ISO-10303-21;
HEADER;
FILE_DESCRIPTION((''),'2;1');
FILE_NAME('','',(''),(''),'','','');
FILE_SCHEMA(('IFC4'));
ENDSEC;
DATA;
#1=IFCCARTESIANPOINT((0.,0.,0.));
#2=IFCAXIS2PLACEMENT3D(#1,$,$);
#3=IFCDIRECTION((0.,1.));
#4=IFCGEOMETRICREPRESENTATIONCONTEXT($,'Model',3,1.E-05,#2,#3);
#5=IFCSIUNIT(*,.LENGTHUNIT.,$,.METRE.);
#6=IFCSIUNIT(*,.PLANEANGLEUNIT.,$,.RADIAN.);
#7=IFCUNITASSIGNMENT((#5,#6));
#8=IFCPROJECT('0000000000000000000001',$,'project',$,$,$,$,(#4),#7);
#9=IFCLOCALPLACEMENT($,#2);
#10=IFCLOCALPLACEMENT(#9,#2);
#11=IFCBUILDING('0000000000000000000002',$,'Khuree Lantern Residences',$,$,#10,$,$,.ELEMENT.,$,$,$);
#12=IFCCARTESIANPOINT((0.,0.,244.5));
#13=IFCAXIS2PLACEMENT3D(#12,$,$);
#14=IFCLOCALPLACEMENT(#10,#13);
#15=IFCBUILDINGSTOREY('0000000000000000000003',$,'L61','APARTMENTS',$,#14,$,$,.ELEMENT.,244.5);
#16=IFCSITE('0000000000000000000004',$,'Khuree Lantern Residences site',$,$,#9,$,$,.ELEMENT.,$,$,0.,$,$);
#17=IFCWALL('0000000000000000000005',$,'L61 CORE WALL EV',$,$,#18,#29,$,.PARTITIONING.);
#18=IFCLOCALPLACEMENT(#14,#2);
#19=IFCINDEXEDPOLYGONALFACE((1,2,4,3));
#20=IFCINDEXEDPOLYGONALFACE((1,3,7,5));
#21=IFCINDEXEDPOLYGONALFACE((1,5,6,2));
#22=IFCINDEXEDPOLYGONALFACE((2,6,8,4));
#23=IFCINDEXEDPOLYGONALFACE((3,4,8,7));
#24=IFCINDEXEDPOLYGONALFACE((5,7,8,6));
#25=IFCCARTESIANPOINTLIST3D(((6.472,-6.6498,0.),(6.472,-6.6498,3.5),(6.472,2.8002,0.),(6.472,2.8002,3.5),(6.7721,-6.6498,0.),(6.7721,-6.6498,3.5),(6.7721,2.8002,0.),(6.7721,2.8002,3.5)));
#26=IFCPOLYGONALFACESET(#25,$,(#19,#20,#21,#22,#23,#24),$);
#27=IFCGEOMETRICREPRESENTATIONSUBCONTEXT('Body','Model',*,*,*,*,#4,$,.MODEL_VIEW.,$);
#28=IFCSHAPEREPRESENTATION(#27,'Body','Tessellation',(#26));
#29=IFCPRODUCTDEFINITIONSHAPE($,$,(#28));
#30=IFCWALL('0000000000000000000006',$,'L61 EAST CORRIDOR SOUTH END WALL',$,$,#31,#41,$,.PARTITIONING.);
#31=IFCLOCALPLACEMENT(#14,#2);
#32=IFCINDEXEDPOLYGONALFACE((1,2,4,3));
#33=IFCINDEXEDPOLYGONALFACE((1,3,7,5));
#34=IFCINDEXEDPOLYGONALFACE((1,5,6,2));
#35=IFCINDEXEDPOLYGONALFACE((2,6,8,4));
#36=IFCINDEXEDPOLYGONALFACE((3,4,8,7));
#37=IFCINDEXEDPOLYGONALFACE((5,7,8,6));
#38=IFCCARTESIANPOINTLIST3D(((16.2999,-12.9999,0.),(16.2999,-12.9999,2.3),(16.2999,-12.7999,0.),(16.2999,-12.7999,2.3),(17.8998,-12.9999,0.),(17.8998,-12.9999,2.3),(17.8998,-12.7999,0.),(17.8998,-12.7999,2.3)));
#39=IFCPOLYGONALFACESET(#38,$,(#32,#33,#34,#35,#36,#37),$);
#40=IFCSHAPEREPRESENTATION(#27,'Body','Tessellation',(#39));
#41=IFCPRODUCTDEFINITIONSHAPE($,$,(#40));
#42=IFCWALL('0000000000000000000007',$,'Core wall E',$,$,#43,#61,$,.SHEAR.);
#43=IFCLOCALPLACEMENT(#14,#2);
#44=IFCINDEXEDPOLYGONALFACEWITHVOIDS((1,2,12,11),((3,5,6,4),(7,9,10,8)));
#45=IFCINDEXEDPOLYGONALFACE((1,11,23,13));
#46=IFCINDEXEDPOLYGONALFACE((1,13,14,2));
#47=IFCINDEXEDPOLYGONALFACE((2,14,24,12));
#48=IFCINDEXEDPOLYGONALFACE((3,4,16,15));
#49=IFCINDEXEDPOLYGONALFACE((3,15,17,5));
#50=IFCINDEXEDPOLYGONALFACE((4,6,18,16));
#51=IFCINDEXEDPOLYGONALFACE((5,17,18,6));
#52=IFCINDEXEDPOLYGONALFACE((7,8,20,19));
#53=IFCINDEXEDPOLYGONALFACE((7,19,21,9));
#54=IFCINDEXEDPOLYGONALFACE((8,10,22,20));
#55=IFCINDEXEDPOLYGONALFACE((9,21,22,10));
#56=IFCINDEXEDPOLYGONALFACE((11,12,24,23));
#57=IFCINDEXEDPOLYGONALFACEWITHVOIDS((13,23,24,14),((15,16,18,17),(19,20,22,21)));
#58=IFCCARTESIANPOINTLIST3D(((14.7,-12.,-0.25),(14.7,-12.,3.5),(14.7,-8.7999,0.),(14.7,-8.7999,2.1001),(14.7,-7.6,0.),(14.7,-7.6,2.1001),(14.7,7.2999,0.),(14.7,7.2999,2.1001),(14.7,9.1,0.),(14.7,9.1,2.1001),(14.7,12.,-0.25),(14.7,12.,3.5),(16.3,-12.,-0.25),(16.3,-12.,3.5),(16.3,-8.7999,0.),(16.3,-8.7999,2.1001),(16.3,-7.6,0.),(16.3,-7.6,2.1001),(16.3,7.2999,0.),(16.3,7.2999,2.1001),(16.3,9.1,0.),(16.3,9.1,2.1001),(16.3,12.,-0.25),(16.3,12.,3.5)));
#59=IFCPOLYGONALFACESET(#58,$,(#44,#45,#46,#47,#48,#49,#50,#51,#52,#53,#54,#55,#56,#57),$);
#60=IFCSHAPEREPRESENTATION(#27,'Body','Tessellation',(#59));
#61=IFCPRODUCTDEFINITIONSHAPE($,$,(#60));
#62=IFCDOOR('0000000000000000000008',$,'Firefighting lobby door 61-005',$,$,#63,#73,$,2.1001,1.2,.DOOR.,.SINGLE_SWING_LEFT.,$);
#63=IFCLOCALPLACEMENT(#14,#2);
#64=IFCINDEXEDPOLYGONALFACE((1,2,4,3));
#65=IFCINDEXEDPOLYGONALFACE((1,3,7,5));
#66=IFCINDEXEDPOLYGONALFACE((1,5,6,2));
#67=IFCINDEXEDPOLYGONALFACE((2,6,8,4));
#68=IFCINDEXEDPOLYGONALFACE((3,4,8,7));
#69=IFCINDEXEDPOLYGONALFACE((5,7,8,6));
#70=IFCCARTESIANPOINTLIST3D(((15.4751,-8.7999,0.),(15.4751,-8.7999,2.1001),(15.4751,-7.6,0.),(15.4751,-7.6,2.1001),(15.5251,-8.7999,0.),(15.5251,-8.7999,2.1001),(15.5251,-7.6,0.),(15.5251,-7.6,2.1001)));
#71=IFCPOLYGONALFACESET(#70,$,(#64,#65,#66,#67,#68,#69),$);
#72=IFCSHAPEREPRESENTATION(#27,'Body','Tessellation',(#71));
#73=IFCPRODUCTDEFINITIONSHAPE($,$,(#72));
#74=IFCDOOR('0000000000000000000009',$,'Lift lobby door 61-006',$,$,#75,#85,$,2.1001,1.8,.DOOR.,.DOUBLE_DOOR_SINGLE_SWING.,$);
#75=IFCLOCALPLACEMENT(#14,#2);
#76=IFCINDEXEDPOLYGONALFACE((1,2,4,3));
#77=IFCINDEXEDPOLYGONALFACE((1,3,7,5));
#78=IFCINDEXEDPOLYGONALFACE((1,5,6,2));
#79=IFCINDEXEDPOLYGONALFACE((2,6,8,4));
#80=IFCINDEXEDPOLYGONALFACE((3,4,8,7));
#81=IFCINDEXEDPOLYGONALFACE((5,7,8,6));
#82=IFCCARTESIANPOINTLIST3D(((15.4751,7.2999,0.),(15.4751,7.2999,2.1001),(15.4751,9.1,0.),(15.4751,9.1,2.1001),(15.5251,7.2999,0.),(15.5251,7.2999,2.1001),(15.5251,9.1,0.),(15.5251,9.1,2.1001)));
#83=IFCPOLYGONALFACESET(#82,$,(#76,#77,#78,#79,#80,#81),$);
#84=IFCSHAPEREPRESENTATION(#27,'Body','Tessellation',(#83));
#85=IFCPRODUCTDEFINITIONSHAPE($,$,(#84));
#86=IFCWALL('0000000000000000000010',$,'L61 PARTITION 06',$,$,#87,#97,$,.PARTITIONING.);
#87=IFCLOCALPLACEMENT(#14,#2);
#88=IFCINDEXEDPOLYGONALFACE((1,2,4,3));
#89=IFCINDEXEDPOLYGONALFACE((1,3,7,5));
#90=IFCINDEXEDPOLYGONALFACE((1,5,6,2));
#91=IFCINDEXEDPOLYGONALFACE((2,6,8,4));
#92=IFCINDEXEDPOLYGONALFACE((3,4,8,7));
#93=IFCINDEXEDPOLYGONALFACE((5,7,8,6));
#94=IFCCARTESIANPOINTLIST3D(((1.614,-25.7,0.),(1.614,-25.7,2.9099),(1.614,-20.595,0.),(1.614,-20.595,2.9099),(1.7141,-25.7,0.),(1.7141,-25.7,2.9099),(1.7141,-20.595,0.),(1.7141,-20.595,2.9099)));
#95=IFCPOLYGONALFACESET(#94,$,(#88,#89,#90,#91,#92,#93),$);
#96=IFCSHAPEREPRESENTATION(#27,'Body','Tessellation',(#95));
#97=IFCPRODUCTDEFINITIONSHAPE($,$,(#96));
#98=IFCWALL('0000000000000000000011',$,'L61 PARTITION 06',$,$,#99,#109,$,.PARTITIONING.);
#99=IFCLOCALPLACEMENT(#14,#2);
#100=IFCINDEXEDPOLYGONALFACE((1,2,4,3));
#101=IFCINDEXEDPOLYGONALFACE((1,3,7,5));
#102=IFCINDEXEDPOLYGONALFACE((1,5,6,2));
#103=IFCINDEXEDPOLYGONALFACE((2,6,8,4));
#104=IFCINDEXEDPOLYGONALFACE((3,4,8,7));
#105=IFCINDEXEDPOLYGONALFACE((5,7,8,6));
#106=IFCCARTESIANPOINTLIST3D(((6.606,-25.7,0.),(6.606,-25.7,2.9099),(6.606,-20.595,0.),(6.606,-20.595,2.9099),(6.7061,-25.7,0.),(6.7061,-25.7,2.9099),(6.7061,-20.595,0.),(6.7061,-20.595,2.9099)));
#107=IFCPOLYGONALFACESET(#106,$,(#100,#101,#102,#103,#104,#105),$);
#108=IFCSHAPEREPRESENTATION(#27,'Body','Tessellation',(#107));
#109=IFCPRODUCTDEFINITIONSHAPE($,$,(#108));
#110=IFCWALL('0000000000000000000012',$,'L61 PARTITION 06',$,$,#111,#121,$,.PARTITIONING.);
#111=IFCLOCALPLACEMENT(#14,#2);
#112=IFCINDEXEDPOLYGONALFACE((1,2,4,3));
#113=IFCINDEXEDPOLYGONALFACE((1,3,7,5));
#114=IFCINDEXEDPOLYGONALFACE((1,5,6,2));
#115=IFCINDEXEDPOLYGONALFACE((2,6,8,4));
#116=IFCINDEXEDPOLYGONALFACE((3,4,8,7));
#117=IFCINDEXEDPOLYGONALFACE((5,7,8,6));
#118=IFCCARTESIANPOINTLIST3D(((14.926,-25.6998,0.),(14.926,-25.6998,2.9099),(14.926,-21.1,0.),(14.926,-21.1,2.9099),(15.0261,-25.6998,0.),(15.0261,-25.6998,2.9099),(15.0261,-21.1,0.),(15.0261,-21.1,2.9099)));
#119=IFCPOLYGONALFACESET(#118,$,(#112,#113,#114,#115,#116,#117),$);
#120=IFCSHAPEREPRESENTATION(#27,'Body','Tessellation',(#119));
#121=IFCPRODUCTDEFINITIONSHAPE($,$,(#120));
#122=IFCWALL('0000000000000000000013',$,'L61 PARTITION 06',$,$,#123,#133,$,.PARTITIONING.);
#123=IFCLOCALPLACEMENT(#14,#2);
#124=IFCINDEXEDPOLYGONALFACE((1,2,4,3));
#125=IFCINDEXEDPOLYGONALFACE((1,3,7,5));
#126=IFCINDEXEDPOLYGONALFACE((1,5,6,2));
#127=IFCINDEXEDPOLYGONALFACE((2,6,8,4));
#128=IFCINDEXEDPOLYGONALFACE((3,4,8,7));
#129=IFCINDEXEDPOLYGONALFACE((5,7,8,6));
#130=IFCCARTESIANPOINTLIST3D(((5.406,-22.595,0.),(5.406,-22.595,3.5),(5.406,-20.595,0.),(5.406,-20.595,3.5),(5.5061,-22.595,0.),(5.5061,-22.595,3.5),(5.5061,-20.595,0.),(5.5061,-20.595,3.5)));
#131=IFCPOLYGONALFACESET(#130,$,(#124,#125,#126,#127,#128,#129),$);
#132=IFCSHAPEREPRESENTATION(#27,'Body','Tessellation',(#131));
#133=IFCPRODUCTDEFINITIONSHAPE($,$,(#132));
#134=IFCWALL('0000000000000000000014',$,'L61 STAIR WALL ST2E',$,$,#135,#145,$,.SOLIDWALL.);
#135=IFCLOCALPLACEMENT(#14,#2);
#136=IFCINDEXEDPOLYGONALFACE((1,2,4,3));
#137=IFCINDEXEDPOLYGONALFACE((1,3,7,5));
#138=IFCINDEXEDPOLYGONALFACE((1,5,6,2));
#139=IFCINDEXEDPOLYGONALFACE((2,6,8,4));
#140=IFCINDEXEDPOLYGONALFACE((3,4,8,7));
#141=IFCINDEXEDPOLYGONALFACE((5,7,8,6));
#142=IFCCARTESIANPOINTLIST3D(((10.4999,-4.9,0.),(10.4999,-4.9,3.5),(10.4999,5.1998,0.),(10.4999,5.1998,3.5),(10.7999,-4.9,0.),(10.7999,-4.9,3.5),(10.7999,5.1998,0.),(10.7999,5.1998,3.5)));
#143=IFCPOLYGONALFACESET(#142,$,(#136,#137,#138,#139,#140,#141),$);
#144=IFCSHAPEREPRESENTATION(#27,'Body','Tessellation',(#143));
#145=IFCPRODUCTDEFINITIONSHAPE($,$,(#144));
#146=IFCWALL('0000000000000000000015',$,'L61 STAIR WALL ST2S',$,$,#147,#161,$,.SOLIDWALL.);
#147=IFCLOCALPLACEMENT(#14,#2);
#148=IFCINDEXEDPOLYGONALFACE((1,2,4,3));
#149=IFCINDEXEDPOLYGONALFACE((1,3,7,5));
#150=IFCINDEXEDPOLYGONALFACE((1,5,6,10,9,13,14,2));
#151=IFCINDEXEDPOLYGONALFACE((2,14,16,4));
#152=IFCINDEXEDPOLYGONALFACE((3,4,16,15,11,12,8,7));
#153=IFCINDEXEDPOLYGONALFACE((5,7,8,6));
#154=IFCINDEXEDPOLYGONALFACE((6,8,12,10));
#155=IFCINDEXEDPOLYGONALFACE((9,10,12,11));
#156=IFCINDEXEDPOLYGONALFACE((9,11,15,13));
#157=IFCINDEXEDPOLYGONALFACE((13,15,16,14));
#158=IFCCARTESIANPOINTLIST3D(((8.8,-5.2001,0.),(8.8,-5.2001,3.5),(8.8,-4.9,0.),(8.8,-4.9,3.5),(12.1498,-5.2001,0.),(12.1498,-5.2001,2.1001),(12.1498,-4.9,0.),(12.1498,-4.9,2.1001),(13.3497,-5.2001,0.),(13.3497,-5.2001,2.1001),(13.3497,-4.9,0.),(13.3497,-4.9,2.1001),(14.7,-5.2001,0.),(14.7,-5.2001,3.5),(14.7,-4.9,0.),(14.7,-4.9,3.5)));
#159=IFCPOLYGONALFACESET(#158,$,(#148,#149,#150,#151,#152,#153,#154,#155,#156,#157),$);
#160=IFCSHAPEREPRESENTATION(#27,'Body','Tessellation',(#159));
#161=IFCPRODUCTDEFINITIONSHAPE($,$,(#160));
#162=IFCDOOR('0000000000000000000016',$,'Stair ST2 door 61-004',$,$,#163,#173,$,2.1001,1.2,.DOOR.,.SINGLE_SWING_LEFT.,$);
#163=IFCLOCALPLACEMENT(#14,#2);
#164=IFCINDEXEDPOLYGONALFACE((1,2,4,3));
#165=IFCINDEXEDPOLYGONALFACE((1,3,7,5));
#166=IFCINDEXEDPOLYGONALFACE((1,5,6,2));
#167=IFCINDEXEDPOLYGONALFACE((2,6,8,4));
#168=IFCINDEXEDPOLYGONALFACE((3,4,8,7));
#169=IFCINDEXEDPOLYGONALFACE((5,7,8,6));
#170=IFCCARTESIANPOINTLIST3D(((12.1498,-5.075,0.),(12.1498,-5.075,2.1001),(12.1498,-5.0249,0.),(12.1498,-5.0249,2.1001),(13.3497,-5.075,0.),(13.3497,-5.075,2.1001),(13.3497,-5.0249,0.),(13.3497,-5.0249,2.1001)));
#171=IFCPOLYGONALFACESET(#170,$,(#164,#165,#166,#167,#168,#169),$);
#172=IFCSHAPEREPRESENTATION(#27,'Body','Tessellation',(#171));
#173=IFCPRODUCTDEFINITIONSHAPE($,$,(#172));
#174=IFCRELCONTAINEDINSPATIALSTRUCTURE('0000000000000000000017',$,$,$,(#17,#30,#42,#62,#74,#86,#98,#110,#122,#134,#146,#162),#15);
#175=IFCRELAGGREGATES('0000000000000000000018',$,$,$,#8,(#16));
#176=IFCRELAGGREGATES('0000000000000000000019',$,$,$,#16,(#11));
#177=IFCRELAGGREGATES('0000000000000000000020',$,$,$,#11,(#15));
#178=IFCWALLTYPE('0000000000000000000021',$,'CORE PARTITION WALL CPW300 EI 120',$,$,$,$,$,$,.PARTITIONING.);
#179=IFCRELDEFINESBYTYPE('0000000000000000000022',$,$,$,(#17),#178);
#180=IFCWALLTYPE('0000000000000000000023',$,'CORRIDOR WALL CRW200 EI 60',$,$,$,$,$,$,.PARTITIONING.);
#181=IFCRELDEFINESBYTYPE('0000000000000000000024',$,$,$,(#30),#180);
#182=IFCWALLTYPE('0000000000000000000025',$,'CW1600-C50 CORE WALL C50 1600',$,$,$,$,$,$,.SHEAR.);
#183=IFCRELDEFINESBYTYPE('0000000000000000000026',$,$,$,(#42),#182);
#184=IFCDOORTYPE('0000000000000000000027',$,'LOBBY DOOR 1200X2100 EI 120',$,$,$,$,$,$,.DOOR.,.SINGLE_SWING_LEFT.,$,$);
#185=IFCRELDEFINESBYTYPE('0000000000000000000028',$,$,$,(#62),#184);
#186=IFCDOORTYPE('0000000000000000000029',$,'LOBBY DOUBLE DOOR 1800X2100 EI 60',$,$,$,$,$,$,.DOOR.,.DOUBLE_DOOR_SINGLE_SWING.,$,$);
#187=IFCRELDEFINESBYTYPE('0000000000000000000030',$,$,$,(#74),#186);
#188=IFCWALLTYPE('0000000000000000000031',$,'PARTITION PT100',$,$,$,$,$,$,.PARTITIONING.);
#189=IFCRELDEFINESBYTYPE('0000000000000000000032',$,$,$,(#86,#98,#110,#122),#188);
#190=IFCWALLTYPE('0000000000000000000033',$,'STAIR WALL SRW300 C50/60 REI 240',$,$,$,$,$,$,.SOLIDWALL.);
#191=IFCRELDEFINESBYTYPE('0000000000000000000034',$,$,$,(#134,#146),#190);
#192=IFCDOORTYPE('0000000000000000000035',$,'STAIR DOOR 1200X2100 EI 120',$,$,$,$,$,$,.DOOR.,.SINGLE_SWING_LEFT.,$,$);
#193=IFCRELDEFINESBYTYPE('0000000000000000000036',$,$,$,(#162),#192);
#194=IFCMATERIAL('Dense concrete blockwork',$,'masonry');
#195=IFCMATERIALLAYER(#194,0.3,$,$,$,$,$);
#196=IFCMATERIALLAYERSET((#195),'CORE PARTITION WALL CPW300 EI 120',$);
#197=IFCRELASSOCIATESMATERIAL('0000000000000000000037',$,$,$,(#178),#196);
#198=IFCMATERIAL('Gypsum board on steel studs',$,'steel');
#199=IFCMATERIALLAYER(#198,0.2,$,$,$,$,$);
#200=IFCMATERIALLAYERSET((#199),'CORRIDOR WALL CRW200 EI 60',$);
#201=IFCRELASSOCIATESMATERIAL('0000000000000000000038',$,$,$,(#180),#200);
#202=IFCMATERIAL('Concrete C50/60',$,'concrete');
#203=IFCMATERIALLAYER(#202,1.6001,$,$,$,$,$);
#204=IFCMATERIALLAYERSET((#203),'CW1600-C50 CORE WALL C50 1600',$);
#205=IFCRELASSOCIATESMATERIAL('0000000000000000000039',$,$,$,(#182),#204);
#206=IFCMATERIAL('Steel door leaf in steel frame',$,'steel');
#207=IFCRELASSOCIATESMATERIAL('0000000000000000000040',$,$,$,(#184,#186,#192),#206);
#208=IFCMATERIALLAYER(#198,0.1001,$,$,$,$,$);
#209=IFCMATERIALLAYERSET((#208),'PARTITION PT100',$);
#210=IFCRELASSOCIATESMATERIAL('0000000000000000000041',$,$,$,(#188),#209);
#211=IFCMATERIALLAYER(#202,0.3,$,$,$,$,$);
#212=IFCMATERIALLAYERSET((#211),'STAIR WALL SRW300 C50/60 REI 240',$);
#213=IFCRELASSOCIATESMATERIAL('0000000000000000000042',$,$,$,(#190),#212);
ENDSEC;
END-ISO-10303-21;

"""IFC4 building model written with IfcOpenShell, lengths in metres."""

from ifc_helpers import new_model, si_unit, direction, frame, frame_2d, origin, place, context, subcontext, project, spatial, rectangle, extrude, material, layer, layer_set, type_object, element, fill, save


model = new_model("IFC4")

# Units and contexts
model_context = context("Model", 3, precision=1e-05, world=origin(), true_north=direction((0.0, 1.0)))
body_context = subcontext(model_context, "Body", "Model", "MODEL_VIEW")
ifc_project = project(units=[si_unit("LENGTHUNIT", "METRE"), si_unit("PLANEANGLEUNIT", "RADIAN")], contexts=[model_context])

# Site, building, storey
site_placement = place(None, origin())
site = spatial("IfcSite", under=ifc_project, at=site_placement, Name="Khuree Lantern Residences site", CompositionType="ELEMENT", RefElevation=0.0)
building_placement = place(site_placement, origin())
building = spatial("IfcBuilding", under=site, at=building_placement, Name="Khuree Lantern Residences", CompositionType="ELEMENT")
storey_placement = place(building_placement, frame((0.0, 0.0, 244.5)))
storey = spatial("IfcBuildingStorey", under=building, at=storey_placement, Name="L61", Description="APARTMENTS", CompositionType="ELEMENT", Elevation=244.5)

# Shared definitions
ifc_material_1 = material(Name="Concrete C50/60", Category="concrete")

# Shared definitions
ifc_material_2 = material(Name="Dense concrete blockwork", Category="masonry")
ifc_layer_1 = layer(ifc_material_2, 0.3)
ifc_layer_set_1 = layer_set([ifc_layer_1], Name="CORE PARTITION WALL CPW300 EI 120")
wall_type_1 = type_object("IfcWallType", Name="CORE PARTITION WALL CPW300 EI 120", PredefinedType="PARTITIONING", material=ifc_layer_set_1)

# Walls
wall_1_placement = place(storey_placement, frame((6.6221, -6.6499, 0.0), z_axis=(0.0, 0.0, 1.0), x_axis=(0.0, 1.0, 0.0)))
element("IfcWall", 1, at=wall_1_placement, inside=storey, type_object=wall_type_1, Name="L61 CORE WALL EV", PredefinedType="PARTITIONING", context=body_context, shape_type="SweptSolid", body=[
    extrude(rectangle(XDim=9.45, YDim=0.3, at=frame_2d((4.7251, 0.0))), origin(), (0.0, 0.0, 1.0), 3.5),
])
ifc_material_3 = material(Name="Gypsum board on steel studs", Category="steel")
ifc_layer_2 = layer(ifc_material_3, 0.2)
ifc_layer_set_2 = layer_set([ifc_layer_2], Name="CORRIDOR WALL CRW200 EI 60")
wall_type_2 = type_object("IfcWallType", Name="CORRIDOR WALL CRW200 EI 60", PredefinedType="PARTITIONING", material=ifc_layer_set_2)
wall_2_placement = place(storey_placement, frame((16.3, -12.8999, 0.0), z_axis=(0.0, 0.0, 1.0), x_axis=(1.0, 0.0, 0.0)))
element("IfcWall", 2, at=wall_2_placement, inside=storey, type_object=wall_type_2, Name="L61 EAST CORRIDOR SOUTH END WALL", PredefinedType="PARTITIONING", context=body_context, shape_type="SweptSolid", body=[
    extrude(rectangle(XDim=1.5999, YDim=0.2, at=frame_2d((0.7998, 0.0))), origin(), (0.0, 0.0, 1.0), 2.3),
])

# Wall, openings, doors
ifc_layer_3 = layer(ifc_material_1, 1.6001)
ifc_layer_set_3 = layer_set([ifc_layer_3], Name="CW1600-C50 CORE WALL C50 1600")
wall_type_3 = type_object("IfcWallType", Name="CW1600-C50 CORE WALL C50 1600", PredefinedType="SHEAR", material=ifc_layer_set_3)
wall_3_placement = place(storey_placement, frame((15.5, -12.0, -0.25), z_axis=(0.0, 0.0, 1.0), x_axis=(0.0, 1.0, 0.0)))
wall_3 = element("IfcWall", 3, at=wall_3_placement, inside=storey, type_object=wall_type_3, Name="Core wall E", PredefinedType="SHEAR", context=body_context, shape_type="SweptSolid", body=[
    extrude(rectangle(XDim=24.0, YDim=1.6001, at=frame_2d((12.0, 0.0))), origin(), (0.0, 0.0, 1.0), 3.75),
])
opening_1_placement = place(wall_3_placement, frame((3.2, 0.0, 0.25)))
opening_1 = element("IfcOpeningElement", 4, at=opening_1_placement, cuts=wall_3, PredefinedType="OPENING", context=body_context, shape_type="SweptSolid", body=[
    extrude(rectangle(XDim=1.2, YDim=2.1001, at=frame_2d((0.6001, 1.05))), frame((0.0, 0.8101, 0.0), z_axis=(0.0, -1.0, 0.0), x_axis=(1.0, 0.0, 0.0)), (0.0, 0.0, 1.0), 1.6201),
])
opening_2_placement = place(wall_3_placement, frame((19.3, 0.0, 0.25)))
opening_2 = element("IfcOpeningElement", 5, at=opening_2_placement, cuts=wall_3, PredefinedType="OPENING", context=body_context, shape_type="SweptSolid", body=[
    extrude(rectangle(XDim=1.8, YDim=2.1001, at=frame_2d((0.8999, 1.05))), frame((0.0, 0.8101, 0.0), z_axis=(0.0, -1.0, 0.0), x_axis=(1.0, 0.0, 0.0)), (0.0, 0.0, 1.0), 1.6201),
])
ifc_material_4 = material(Name="Steel door leaf in steel frame", Category="steel")
door_type_1 = type_object("IfcDoorType", Name="LOBBY DOOR 1200X2100 EI 120", OperationType="SINGLE_SWING_LEFT", PredefinedType="DOOR", material=ifc_material_4)
door_1_placement = place(opening_1_placement, origin())
door_1 = element("IfcDoor", 6, at=door_1_placement, inside=storey, type_object=door_type_1, Name="Firefighting lobby door 61-005", OperationType="SINGLE_SWING_LEFT", OverallHeight=2.1001, OverallWidth=1.2, PredefinedType="DOOR", context=body_context, shape_type="SweptSolid", body=[
    extrude(rectangle(XDim=1.2, YDim=2.1001, at=frame_2d((0.6001, 1.05))), frame((0.0, 0.0249, 0.0), z_axis=(0.0, -1.0, 0.0), x_axis=(1.0, 0.0, 0.0)), (0.0, 0.0, 1.0), 0.05),
])
fill(opening_1, door_1)
door_type_2 = type_object("IfcDoorType", Name="LOBBY DOUBLE DOOR 1800X2100 EI 60", OperationType="DOUBLE_DOOR_SINGLE_SWING", PredefinedType="DOOR", material=ifc_material_4)
door_2_placement = place(opening_2_placement, origin())
door_2 = element("IfcDoor", 7, at=door_2_placement, inside=storey, type_object=door_type_2, Name="Lift lobby door 61-006", OperationType="DOUBLE_DOOR_SINGLE_SWING", OverallHeight=2.1001, OverallWidth=1.8, PredefinedType="DOOR", context=body_context, shape_type="SweptSolid", body=[
    extrude(rectangle(XDim=1.8, YDim=2.1001, at=frame_2d((0.8999, 1.05))), frame((0.0, 0.0249, 0.0), z_axis=(0.0, -1.0, 0.0), x_axis=(1.0, 0.0, 0.0)), (0.0, 0.0, 1.0), 0.05),
])
fill(opening_2, door_2)

# Walls
ifc_layer_4 = layer(ifc_material_3, 0.1001)
ifc_layer_set_4 = layer_set([ifc_layer_4], Name="PARTITION PT100")
wall_type_4 = type_object("IfcWallType", Name="PARTITION PT100", PredefinedType="PARTITIONING", material=ifc_layer_set_4)
for number, where, z_axis, x_axis, name in (
    (8, (1.6641, -20.595, 0.0), (0.0, 0.0, 1.0), (0.0, -1.0, 0.0), "L61 PARTITION 06"),
    (9, (6.656, -20.595, 0.0), (0.0, 0.0, 1.0), (0.0, -1.0, 0.0), "L61 PARTITION 06"),
):
    element("IfcWall", number, at=place(storey_placement, frame(where, z_axis=z_axis, x_axis=x_axis)), inside=storey, type_object=wall_type_4, Name=name, PredefinedType="PARTITIONING", context=body_context, shape_type="SweptSolid", body=[
        extrude(rectangle(XDim=5.105, YDim=0.1001, at=frame_2d((2.5525, 0.0))), origin(), (0.0, 0.0, 1.0), 2.9099),
    ])
wall_4_placement = place(storey_placement, frame((14.9761, -21.1001, 0.0), z_axis=(0.0, 0.0, 1.0), x_axis=(0.0, -1.0, 0.0)))
element("IfcWall", 10, at=wall_4_placement, inside=storey, type_object=wall_type_4, Name="L61 PARTITION 06", PredefinedType="PARTITIONING", context=body_context, shape_type="SweptSolid", body=[
    extrude(rectangle(XDim=4.5999, YDim=0.1001, at=frame_2d((2.2998, 0.0))), origin(), (0.0, 0.0, 1.0), 2.9099),
])
wall_5_placement = place(storey_placement, frame((5.4561, -20.595, 0.0), z_axis=(0.0, 0.0, 1.0), x_axis=(0.0, -1.0, 0.0)))
element("IfcWall", 11, at=wall_5_placement, inside=storey, type_object=wall_type_4, Name="L61 PARTITION 06", PredefinedType="PARTITIONING", context=body_context, shape_type="SweptSolid", body=[
    extrude(rectangle(XDim=2.0, YDim=0.1001, at=frame_2d((1.0, 0.0))), origin(), (0.0, 0.0, 1.0), 3.5),
])
ifc_layer_5 = layer(ifc_material_1, 0.3)
ifc_layer_set_5 = layer_set([ifc_layer_5], Name="STAIR WALL SRW300 C50/60 REI 240")
wall_type_5 = type_object("IfcWallType", Name="STAIR WALL SRW300 C50/60 REI 240", PredefinedType="SOLIDWALL", material=ifc_layer_set_5)
wall_6_placement = place(storey_placement, frame((10.6499, -4.8999, 0.0), z_axis=(0.0, 0.0, 1.0), x_axis=(0.0, 1.0, 0.0)))
element("IfcWall", 12, at=wall_6_placement, inside=storey, type_object=wall_type_5, Name="L61 STAIR WALL ST2E", PredefinedType="SOLIDWALL", context=body_context, shape_type="SweptSolid", body=[
    extrude(rectangle(XDim=10.0999, YDim=0.3, at=frame_2d((5.0498, 0.0))), origin(), (0.0, 0.0, 1.0), 3.5),
])

# Wall, opening, door
wall_7_placement = place(storey_placement, frame((14.7, -5.05, 0.0), z_axis=(0.0, 0.0, 1.0), x_axis=(-1.0, 0.0, 0.0)))
wall_7 = element("IfcWall", 13, at=wall_7_placement, inside=storey, type_object=wall_type_5, Name="L61 STAIR WALL ST2S", PredefinedType="SOLIDWALL", context=body_context, shape_type="SweptSolid", body=[
    extrude(rectangle(XDim=5.8999, YDim=0.3, at=frame_2d((2.95, 0.0))), origin(), (0.0, 0.0, 1.0), 3.5),
])
opening_3_placement = place(wall_7_placement, frame((1.3501, 0.0, 0.0)))
opening_3 = element("IfcOpeningElement", 14, at=opening_3_placement, cuts=wall_7, PredefinedType="OPENING", context=body_context, shape_type="SweptSolid", body=[
    extrude(rectangle(XDim=1.2, YDim=2.1001, at=frame_2d((0.6001, 1.05))), frame((0.0, 0.1602, 0.0), z_axis=(0.0, -1.0, 0.0), x_axis=(1.0, 0.0, 0.0)), (0.0, 0.0, 1.0), 0.3201),
])
door_type_3 = type_object("IfcDoorType", Name="STAIR DOOR 1200X2100 EI 120", OperationType="SINGLE_SWING_LEFT", PredefinedType="DOOR", material=ifc_material_4)
door_3_placement = place(opening_3_placement, origin())
door_3 = element("IfcDoor", 15, at=door_3_placement, inside=storey, type_object=door_type_3, Name="Stair ST2 door 61-004", OperationType="SINGLE_SWING_LEFT", OverallHeight=2.1001, OverallWidth=1.2, PredefinedType="DOOR", context=body_context, shape_type="SweptSolid", body=[
    extrude(rectangle(XDim=1.2, YDim=2.1001, at=frame_2d((0.6001, 1.05))), frame((0.0, 0.0249, 0.0), z_axis=(0.0, -1.0, 0.0), x_axis=(1.0, 0.0, 0.0)), (0.0, 0.0, 1.0), 0.05),
])
fill(opening_3, door_3)

save(model, "model.ifc")
